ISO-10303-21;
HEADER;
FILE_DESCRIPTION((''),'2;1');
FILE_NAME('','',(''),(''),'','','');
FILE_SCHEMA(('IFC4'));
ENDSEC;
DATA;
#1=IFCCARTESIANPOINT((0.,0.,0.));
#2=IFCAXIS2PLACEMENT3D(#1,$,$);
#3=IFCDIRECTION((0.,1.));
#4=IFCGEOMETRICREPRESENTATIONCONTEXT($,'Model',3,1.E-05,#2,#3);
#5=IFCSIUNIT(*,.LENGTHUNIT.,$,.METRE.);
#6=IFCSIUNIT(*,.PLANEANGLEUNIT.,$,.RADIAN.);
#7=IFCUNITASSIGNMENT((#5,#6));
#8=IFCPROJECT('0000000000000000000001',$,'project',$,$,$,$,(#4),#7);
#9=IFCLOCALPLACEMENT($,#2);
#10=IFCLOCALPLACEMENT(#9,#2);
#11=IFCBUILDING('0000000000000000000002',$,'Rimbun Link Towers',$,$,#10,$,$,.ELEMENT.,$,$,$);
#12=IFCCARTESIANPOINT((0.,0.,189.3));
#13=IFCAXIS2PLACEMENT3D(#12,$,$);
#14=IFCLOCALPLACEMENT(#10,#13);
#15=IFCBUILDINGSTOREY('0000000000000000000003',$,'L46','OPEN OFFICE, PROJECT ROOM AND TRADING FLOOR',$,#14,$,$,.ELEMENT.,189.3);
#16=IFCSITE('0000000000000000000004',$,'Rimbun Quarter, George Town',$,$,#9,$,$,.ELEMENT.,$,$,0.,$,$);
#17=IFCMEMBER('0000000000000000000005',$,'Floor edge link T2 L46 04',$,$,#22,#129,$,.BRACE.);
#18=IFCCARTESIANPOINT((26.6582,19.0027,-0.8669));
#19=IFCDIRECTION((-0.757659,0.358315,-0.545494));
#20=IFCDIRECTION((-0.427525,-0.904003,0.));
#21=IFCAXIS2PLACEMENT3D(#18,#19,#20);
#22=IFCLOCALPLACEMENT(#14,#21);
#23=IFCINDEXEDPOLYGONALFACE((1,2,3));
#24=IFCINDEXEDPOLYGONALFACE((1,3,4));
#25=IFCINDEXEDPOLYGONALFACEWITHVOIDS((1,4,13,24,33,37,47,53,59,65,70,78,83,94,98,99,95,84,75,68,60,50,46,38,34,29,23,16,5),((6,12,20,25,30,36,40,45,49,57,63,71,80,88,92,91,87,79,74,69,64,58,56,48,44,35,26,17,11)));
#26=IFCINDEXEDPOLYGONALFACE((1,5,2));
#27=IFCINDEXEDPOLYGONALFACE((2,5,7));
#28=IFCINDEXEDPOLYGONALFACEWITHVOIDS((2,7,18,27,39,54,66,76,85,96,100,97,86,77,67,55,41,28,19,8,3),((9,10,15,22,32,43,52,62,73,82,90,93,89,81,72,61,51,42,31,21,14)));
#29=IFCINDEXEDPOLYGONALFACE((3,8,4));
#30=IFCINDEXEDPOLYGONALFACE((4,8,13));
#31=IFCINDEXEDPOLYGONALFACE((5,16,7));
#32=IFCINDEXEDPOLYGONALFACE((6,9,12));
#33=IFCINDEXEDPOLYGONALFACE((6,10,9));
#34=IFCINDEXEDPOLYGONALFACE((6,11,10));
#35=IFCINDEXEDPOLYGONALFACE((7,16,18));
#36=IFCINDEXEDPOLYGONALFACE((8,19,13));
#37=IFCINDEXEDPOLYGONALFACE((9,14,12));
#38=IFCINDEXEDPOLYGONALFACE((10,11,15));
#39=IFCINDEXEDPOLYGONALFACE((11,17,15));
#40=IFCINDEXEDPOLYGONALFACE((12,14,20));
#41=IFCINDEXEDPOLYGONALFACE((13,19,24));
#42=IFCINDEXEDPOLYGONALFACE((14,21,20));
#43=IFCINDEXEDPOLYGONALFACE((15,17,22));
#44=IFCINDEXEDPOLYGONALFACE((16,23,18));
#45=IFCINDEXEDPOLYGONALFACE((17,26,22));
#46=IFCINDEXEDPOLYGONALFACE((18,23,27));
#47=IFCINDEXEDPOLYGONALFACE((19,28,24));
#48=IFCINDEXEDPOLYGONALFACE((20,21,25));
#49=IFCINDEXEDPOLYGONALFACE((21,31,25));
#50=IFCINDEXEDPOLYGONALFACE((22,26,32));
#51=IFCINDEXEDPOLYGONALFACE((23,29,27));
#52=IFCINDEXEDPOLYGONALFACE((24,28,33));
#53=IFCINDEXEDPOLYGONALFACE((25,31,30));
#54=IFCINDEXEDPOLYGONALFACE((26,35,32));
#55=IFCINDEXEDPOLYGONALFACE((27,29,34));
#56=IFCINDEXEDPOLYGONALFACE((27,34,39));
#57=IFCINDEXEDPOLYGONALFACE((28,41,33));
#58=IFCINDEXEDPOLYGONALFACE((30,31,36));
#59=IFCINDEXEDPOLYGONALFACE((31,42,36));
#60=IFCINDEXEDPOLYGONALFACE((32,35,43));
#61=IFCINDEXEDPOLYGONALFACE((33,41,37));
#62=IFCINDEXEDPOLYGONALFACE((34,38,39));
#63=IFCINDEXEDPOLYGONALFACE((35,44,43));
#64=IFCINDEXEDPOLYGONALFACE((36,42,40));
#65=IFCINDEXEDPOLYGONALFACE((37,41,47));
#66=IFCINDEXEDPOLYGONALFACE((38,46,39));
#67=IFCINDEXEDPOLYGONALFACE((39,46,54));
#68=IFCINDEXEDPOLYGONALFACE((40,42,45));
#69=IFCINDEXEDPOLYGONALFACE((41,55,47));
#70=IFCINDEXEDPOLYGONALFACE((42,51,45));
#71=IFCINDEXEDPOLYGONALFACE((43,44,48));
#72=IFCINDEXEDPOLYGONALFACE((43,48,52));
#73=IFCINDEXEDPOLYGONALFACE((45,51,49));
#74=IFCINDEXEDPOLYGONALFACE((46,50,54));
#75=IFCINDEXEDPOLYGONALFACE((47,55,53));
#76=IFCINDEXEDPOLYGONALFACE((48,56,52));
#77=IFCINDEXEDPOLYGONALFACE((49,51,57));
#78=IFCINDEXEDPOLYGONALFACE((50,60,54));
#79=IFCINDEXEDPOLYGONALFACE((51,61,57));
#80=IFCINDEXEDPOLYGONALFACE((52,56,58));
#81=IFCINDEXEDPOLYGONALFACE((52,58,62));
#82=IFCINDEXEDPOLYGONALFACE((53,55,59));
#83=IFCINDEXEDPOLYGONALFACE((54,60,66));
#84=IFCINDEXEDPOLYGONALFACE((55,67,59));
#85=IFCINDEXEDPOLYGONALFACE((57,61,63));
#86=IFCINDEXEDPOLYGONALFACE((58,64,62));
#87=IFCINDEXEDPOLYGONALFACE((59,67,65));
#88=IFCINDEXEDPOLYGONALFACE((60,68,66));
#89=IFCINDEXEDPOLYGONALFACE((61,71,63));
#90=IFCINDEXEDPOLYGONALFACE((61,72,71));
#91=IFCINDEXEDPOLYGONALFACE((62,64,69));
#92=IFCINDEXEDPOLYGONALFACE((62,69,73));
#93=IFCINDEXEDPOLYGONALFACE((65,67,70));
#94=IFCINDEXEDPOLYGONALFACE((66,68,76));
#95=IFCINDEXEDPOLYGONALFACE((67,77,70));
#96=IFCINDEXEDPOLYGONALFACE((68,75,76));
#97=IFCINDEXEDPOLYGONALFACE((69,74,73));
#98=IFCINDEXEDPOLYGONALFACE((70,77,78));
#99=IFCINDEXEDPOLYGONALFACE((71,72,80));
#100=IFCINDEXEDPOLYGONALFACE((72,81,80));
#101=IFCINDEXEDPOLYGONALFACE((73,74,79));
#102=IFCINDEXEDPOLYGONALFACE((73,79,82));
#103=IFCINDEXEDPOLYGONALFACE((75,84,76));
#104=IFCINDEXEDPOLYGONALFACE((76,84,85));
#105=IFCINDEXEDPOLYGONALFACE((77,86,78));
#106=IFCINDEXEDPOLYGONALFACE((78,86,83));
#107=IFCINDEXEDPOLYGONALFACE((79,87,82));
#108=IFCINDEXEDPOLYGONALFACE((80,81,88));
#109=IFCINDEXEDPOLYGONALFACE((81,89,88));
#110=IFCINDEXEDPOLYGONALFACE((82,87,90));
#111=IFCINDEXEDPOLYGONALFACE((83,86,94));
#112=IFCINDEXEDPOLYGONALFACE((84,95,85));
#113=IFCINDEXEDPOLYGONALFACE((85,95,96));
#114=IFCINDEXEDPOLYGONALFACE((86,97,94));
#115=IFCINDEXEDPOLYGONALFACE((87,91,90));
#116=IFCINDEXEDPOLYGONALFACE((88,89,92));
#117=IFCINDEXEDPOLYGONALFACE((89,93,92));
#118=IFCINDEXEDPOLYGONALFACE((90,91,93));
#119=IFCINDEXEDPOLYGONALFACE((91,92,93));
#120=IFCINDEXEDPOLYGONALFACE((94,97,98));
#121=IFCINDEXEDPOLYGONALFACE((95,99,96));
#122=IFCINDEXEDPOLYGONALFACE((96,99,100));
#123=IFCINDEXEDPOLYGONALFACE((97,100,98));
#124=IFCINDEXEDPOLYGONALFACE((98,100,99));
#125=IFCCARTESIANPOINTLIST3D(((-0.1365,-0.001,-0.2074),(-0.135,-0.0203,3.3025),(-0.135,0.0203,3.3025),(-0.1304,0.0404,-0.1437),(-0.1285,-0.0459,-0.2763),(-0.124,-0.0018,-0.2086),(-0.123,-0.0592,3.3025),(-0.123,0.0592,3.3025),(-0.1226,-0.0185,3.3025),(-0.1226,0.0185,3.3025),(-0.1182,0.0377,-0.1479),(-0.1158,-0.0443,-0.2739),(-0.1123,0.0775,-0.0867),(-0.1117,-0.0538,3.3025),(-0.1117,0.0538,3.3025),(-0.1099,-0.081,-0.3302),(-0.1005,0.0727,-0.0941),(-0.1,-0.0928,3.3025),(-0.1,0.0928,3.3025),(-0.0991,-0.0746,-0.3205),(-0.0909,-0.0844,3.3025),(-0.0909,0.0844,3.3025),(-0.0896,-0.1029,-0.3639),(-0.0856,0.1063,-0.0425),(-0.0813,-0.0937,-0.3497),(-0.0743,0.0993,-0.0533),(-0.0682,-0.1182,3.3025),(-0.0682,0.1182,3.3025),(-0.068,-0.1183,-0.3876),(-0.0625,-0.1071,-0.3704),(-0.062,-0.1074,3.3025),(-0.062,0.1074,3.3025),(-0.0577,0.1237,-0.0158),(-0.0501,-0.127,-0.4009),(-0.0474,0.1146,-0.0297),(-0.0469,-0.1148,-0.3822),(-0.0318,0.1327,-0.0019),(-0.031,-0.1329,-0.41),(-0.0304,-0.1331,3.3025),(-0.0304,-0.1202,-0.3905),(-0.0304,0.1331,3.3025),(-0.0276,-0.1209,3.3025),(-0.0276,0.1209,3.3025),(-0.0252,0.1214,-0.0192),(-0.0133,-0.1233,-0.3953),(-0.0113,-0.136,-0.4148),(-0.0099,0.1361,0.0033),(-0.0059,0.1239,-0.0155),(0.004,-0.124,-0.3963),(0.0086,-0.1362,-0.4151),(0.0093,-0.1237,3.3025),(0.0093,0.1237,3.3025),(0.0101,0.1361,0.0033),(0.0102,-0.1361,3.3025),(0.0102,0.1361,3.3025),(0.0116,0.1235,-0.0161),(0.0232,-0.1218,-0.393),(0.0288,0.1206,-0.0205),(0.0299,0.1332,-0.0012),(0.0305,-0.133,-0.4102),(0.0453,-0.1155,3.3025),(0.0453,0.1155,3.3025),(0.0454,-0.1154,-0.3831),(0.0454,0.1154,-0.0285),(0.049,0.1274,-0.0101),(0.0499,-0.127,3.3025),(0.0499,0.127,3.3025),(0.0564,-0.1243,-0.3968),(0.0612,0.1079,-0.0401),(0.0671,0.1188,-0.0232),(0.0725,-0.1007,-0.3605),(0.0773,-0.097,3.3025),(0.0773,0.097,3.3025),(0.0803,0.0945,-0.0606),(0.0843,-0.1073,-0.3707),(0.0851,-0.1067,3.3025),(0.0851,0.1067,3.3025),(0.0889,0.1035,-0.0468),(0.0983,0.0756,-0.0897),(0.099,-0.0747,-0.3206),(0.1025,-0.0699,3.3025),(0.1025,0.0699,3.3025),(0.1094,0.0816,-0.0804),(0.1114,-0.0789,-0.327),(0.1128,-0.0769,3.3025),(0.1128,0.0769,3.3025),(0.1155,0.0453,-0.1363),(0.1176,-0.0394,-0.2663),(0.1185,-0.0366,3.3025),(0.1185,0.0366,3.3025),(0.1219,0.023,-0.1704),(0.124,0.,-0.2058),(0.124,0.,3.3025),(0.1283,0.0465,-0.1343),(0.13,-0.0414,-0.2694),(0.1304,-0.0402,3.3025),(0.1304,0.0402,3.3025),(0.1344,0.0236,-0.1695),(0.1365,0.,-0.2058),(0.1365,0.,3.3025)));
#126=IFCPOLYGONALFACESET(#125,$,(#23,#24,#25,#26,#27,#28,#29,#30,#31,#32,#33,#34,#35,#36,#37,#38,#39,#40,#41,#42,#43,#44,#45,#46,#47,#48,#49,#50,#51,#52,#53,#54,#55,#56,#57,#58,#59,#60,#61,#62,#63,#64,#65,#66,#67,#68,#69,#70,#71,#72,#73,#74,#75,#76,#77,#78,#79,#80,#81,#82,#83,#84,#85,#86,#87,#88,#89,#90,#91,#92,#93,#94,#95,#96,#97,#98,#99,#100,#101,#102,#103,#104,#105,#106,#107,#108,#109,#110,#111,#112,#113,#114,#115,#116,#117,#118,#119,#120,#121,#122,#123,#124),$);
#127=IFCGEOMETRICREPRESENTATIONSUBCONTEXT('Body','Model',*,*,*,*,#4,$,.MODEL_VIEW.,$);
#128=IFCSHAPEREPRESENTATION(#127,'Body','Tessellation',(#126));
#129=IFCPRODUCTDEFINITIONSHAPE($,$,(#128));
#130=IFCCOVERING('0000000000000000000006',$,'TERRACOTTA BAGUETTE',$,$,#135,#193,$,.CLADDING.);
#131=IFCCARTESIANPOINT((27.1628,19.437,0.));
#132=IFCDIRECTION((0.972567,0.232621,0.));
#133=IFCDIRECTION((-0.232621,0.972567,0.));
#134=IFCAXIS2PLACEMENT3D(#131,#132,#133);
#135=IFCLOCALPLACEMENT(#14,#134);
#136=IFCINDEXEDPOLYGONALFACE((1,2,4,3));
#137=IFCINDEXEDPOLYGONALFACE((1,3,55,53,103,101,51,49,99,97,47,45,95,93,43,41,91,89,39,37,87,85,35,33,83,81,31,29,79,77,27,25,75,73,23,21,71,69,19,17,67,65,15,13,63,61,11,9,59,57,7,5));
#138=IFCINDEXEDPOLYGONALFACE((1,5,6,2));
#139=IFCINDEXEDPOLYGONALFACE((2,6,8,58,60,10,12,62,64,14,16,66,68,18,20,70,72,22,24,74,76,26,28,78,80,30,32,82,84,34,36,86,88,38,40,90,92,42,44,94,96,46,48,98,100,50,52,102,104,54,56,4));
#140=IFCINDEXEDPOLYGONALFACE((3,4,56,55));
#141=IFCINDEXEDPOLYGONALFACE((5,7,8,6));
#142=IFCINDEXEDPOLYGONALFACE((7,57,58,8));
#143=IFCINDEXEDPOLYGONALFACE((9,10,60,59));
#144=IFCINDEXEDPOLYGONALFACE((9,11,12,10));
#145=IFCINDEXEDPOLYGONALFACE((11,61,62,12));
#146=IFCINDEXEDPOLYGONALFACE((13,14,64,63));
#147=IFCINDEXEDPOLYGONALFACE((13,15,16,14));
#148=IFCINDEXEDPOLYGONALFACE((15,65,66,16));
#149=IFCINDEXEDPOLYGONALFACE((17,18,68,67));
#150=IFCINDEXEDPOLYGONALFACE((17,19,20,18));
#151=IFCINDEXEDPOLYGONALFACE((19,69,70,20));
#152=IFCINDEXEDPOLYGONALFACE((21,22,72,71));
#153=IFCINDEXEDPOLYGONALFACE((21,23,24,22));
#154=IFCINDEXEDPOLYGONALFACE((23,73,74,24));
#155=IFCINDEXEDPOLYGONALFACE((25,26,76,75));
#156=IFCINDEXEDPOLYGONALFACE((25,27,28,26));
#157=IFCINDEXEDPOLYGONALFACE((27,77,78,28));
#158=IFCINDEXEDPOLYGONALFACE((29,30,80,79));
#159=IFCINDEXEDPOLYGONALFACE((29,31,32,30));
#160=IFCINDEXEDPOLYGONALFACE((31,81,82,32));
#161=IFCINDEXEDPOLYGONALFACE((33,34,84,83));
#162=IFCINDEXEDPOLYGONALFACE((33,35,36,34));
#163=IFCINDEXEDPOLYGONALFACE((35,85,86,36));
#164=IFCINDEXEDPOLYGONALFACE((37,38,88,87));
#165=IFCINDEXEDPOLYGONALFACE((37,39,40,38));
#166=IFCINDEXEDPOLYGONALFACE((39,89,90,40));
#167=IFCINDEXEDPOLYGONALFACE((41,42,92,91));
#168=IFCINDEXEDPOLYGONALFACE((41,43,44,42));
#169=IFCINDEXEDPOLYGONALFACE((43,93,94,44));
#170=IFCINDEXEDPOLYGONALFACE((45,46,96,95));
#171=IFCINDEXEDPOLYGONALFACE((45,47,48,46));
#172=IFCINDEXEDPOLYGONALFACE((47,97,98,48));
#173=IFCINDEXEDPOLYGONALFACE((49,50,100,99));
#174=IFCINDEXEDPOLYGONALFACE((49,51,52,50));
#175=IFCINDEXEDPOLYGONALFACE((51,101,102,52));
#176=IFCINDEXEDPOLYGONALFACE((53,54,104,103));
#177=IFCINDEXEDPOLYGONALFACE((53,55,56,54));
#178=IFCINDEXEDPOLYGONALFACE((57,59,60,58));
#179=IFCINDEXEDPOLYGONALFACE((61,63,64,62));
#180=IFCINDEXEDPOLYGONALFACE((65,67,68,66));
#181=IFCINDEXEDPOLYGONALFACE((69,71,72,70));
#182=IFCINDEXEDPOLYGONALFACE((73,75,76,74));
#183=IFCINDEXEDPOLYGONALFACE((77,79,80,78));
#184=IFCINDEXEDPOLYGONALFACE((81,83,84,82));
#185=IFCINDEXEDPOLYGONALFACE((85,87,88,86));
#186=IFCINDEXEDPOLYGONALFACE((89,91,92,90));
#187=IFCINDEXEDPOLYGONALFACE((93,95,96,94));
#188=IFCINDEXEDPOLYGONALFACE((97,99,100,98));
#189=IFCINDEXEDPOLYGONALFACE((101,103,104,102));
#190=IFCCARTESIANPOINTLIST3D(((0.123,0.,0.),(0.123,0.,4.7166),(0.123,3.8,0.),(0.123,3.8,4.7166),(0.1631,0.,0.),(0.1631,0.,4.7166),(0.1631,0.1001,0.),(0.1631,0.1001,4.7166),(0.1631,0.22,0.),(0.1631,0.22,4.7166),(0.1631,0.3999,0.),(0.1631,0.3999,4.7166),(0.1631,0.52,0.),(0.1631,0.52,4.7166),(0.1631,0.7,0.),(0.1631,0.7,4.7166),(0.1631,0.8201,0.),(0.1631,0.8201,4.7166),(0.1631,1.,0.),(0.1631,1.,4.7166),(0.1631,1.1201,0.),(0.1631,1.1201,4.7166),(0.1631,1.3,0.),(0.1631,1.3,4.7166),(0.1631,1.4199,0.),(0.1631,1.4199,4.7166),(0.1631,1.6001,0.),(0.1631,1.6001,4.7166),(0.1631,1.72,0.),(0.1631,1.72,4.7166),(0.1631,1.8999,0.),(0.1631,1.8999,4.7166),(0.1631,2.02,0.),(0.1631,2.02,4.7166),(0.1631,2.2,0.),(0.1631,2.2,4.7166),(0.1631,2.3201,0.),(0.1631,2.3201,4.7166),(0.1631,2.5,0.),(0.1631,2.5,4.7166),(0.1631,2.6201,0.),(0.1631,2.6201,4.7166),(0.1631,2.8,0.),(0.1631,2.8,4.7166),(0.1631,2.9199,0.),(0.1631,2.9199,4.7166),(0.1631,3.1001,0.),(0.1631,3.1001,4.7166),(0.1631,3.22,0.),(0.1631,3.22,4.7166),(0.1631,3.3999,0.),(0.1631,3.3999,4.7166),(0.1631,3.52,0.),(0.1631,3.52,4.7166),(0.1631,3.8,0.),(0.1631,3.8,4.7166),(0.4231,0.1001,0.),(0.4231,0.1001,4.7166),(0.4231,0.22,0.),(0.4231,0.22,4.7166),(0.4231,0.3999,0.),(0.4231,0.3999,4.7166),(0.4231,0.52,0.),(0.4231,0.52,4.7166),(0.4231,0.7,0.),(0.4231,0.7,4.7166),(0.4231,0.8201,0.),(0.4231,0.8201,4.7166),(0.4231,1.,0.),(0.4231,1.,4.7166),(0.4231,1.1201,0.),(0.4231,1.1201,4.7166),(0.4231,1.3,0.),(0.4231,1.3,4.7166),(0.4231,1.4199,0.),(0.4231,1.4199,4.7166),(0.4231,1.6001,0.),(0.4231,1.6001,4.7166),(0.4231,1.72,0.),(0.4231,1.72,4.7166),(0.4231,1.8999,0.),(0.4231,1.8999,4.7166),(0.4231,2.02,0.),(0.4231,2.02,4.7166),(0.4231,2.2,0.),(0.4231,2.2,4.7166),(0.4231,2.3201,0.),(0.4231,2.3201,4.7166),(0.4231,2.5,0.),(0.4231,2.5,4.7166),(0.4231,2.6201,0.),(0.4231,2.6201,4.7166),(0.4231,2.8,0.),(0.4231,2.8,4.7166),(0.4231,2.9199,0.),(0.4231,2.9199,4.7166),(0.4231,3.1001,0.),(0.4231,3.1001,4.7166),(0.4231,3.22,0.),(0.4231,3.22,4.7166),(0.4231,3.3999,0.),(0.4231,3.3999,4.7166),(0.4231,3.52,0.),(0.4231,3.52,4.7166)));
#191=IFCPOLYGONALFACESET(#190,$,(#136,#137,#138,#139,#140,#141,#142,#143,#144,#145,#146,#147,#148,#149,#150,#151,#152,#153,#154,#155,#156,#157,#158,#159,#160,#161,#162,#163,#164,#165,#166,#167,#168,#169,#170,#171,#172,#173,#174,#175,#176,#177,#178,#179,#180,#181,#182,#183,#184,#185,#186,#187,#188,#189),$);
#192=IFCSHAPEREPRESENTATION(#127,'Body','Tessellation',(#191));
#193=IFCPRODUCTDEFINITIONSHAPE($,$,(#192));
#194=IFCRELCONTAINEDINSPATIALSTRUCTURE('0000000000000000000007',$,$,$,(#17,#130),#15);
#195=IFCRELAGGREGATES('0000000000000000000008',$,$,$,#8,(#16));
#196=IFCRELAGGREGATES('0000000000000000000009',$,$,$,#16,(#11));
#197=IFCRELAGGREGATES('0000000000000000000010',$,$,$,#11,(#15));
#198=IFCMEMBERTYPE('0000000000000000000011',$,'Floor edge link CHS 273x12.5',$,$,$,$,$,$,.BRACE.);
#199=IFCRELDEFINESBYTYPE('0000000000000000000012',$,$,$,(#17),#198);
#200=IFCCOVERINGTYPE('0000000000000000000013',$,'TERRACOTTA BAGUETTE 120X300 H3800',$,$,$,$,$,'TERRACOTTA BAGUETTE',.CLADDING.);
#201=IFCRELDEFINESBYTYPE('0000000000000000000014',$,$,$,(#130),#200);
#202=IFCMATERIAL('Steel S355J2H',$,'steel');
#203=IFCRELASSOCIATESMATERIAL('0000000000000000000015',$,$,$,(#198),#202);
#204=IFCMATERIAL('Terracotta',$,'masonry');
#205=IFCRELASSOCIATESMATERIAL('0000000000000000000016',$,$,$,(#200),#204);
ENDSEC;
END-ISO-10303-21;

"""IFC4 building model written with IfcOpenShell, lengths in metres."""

from ifc_helpers import new_model, si_unit, direction, frame, origin, origin_2d, place, context, subcontext, project, spatial, polyline, hollow_circle, outline, extrude, clip, halfspace, material, material_profile, profile_set, type_object, element, save


model = new_model("IFC4")

# Units and contexts
model_context = context("Model", 3, precision=1e-05, world=origin(), true_north=direction((0.0, 1.0)))
body_context = subcontext(model_context, "Body", "Model", "MODEL_VIEW")
ifc_project = project(units=[si_unit("LENGTHUNIT", "METRE"), si_unit("PLANEANGLEUNIT", "RADIAN")], contexts=[model_context])

# Site, building, storey
site_placement = place(None, origin())
site = spatial("IfcSite", under=ifc_project, at=site_placement, Name="Rimbun Quarter, George Town", CompositionType="ELEMENT", RefElevation=0.0)
building_placement = place(site_placement, origin())
building = spatial("IfcBuilding", under=site, at=building_placement, Name="Rimbun Link Towers", CompositionType="ELEMENT")
storey_placement = place(building_placement, frame((0.0, 0.0, 189.3)))
storey = spatial("IfcBuildingStorey", under=building, at=storey_placement, Name="L46", Description="OPEN OFFICE, PROJECT ROOM AND TRADING FLOOR", CompositionType="ELEMENT", Elevation=189.3)

# Member
ifc_material_1 = material(Name="Steel S355J2H", Category="steel")
ifc_material_profile_1 = material_profile(ifc_material_1, hollow_circle(Radius=0.1365, WallThickness=0.0125, at=origin_2d()), Name="CHS 273x12.5")
ifc_profile_set_1 = profile_set([ifc_material_profile_1], Name="Steel S355J2H")
member_type_1 = type_object("IfcMemberType", Name="Floor edge link CHS 273x12.5", PredefinedType="BRACE", material=ifc_profile_set_1)
member_1_placement = place(storey_placement, frame((26.6582, 19.0027, -0.8669), z_axis=(-0.757659, 0.358315, -0.545494), x_axis=(-0.427525, -0.904003, 0.0)))
element("IfcMember", 1, at=member_1_placement, inside=storey, type_object=member_type_1, Name="Floor edge link T2 L46 04", PredefinedType="BRACE", context=body_context, shape_type="Clipping", body=[
    clip(extrude(hollow_circle(Radius=0.1365, WallThickness=0.0125, at=origin_2d()), frame((0.0, 0.0, -0.4377)), (0.0, 0.0, 1.0), 3.7402), halfspace(frame((0.0, 0.0, -0.2058), z_axis=(0.0, 0.838115, -0.545494)), False)),
])

# Covering
ifc_material_2 = material(Name="Terracotta", Category="masonry")
ifc_material_profile_2 = material_profile(ifc_material_2, outline(polyline([(0.123, 0.0), (0.1631, 0.0), (0.1631, 0.1001), (0.4231, 0.1001), (0.4231, 0.22), (0.1631, 0.22), (0.1631, 0.3999), (0.4231, 0.3999), (0.4231, 0.52), (0.1631, 0.52), (0.1631, 0.7), (0.4231, 0.7), (0.4231, 0.8201), (0.1631, 0.8201), (0.1631, 1.0), (0.4231, 1.0), (0.4231, 1.1201), (0.1631, 1.1201), (0.1631, 1.3), (0.4231, 1.3), (0.4231, 1.4199), (0.1631, 1.4199), (0.1631, 1.6001), (0.4231, 1.6001), (0.4231, 1.72), (0.1631, 1.72), (0.1631, 1.8999), (0.4231, 1.8999), (0.4231, 2.02), (0.1631, 2.02), (0.1631, 2.2), (0.4231, 2.2), (0.4231, 2.3201), (0.1631, 2.3201), (0.1631, 2.5), (0.4231, 2.5), (0.4231, 2.6201), (0.1631, 2.6201), (0.1631, 2.8), (0.4231, 2.8), (0.4231, 2.9199), (0.1631, 2.9199), (0.1631, 3.1001), (0.4231, 3.1001), (0.4231, 3.22), (0.1631, 3.22), (0.1631, 3.3999), (0.4231, 3.3999), (0.4231, 3.52), (0.1631, 3.52), (0.1631, 3.8), (0.123, 3.8), (0.123, 0.0)])), Name="BAGUETTE 120X300")
ifc_profile_set_2 = profile_set([ifc_material_profile_2], Name="Terracotta")
covering_type = type_object("IfcCoveringType", Name="TERRACOTTA BAGUETTE 120X300 H3800", ElementType="TERRACOTTA BAGUETTE", PredefinedType="CLADDING", material=ifc_profile_set_2)
covering_1_placement = place(storey_placement, frame((27.1628, 19.437, 0.0), z_axis=(0.972567, 0.232621, 0.0), x_axis=(-0.232621, 0.972567, 0.0)))
element("IfcCovering", 2, at=covering_1_placement, inside=storey, type_object=covering_type, Name="TERRACOTTA BAGUETTE", PredefinedType="CLADDING", context=body_context, shape_type="SweptSolid", body=[
    extrude(outline(polyline([(0.123, 0.0), (0.1631, 0.0), (0.1631, 0.1001), (0.4231, 0.1001), (0.4231, 0.22), (0.1631, 0.22), (0.1631, 0.3999), (0.4231, 0.3999), (0.4231, 0.52), (0.1631, 0.52), (0.1631, 0.7), (0.4231, 0.7), (0.4231, 0.8201), (0.1631, 0.8201), (0.1631, 1.0), (0.4231, 1.0), (0.4231, 1.1201), (0.1631, 1.1201), (0.1631, 1.3), (0.4231, 1.3), (0.4231, 1.4199), (0.1631, 1.4199), (0.1631, 1.6001), (0.4231, 1.6001), (0.4231, 1.72), (0.1631, 1.72), (0.1631, 1.8999), (0.4231, 1.8999), (0.4231, 2.02), (0.1631, 2.02), (0.1631, 2.2), (0.4231, 2.2), (0.4231, 2.3201), (0.1631, 2.3201), (0.1631, 2.5), (0.4231, 2.5), (0.4231, 2.6201), (0.1631, 2.6201), (0.1631, 2.8), (0.4231, 2.8), (0.4231, 2.9199), (0.1631, 2.9199), (0.1631, 3.1001), (0.4231, 3.1001), (0.4231, 3.22), (0.1631, 3.22), (0.1631, 3.3999), (0.4231, 3.3999), (0.4231, 3.52), (0.1631, 3.52), (0.1631, 3.8), (0.123, 3.8), (0.123, 0.0)])), origin(), (0.0, 0.0, 1.0), 4.7166),
])

save(model, "model.ifc")
